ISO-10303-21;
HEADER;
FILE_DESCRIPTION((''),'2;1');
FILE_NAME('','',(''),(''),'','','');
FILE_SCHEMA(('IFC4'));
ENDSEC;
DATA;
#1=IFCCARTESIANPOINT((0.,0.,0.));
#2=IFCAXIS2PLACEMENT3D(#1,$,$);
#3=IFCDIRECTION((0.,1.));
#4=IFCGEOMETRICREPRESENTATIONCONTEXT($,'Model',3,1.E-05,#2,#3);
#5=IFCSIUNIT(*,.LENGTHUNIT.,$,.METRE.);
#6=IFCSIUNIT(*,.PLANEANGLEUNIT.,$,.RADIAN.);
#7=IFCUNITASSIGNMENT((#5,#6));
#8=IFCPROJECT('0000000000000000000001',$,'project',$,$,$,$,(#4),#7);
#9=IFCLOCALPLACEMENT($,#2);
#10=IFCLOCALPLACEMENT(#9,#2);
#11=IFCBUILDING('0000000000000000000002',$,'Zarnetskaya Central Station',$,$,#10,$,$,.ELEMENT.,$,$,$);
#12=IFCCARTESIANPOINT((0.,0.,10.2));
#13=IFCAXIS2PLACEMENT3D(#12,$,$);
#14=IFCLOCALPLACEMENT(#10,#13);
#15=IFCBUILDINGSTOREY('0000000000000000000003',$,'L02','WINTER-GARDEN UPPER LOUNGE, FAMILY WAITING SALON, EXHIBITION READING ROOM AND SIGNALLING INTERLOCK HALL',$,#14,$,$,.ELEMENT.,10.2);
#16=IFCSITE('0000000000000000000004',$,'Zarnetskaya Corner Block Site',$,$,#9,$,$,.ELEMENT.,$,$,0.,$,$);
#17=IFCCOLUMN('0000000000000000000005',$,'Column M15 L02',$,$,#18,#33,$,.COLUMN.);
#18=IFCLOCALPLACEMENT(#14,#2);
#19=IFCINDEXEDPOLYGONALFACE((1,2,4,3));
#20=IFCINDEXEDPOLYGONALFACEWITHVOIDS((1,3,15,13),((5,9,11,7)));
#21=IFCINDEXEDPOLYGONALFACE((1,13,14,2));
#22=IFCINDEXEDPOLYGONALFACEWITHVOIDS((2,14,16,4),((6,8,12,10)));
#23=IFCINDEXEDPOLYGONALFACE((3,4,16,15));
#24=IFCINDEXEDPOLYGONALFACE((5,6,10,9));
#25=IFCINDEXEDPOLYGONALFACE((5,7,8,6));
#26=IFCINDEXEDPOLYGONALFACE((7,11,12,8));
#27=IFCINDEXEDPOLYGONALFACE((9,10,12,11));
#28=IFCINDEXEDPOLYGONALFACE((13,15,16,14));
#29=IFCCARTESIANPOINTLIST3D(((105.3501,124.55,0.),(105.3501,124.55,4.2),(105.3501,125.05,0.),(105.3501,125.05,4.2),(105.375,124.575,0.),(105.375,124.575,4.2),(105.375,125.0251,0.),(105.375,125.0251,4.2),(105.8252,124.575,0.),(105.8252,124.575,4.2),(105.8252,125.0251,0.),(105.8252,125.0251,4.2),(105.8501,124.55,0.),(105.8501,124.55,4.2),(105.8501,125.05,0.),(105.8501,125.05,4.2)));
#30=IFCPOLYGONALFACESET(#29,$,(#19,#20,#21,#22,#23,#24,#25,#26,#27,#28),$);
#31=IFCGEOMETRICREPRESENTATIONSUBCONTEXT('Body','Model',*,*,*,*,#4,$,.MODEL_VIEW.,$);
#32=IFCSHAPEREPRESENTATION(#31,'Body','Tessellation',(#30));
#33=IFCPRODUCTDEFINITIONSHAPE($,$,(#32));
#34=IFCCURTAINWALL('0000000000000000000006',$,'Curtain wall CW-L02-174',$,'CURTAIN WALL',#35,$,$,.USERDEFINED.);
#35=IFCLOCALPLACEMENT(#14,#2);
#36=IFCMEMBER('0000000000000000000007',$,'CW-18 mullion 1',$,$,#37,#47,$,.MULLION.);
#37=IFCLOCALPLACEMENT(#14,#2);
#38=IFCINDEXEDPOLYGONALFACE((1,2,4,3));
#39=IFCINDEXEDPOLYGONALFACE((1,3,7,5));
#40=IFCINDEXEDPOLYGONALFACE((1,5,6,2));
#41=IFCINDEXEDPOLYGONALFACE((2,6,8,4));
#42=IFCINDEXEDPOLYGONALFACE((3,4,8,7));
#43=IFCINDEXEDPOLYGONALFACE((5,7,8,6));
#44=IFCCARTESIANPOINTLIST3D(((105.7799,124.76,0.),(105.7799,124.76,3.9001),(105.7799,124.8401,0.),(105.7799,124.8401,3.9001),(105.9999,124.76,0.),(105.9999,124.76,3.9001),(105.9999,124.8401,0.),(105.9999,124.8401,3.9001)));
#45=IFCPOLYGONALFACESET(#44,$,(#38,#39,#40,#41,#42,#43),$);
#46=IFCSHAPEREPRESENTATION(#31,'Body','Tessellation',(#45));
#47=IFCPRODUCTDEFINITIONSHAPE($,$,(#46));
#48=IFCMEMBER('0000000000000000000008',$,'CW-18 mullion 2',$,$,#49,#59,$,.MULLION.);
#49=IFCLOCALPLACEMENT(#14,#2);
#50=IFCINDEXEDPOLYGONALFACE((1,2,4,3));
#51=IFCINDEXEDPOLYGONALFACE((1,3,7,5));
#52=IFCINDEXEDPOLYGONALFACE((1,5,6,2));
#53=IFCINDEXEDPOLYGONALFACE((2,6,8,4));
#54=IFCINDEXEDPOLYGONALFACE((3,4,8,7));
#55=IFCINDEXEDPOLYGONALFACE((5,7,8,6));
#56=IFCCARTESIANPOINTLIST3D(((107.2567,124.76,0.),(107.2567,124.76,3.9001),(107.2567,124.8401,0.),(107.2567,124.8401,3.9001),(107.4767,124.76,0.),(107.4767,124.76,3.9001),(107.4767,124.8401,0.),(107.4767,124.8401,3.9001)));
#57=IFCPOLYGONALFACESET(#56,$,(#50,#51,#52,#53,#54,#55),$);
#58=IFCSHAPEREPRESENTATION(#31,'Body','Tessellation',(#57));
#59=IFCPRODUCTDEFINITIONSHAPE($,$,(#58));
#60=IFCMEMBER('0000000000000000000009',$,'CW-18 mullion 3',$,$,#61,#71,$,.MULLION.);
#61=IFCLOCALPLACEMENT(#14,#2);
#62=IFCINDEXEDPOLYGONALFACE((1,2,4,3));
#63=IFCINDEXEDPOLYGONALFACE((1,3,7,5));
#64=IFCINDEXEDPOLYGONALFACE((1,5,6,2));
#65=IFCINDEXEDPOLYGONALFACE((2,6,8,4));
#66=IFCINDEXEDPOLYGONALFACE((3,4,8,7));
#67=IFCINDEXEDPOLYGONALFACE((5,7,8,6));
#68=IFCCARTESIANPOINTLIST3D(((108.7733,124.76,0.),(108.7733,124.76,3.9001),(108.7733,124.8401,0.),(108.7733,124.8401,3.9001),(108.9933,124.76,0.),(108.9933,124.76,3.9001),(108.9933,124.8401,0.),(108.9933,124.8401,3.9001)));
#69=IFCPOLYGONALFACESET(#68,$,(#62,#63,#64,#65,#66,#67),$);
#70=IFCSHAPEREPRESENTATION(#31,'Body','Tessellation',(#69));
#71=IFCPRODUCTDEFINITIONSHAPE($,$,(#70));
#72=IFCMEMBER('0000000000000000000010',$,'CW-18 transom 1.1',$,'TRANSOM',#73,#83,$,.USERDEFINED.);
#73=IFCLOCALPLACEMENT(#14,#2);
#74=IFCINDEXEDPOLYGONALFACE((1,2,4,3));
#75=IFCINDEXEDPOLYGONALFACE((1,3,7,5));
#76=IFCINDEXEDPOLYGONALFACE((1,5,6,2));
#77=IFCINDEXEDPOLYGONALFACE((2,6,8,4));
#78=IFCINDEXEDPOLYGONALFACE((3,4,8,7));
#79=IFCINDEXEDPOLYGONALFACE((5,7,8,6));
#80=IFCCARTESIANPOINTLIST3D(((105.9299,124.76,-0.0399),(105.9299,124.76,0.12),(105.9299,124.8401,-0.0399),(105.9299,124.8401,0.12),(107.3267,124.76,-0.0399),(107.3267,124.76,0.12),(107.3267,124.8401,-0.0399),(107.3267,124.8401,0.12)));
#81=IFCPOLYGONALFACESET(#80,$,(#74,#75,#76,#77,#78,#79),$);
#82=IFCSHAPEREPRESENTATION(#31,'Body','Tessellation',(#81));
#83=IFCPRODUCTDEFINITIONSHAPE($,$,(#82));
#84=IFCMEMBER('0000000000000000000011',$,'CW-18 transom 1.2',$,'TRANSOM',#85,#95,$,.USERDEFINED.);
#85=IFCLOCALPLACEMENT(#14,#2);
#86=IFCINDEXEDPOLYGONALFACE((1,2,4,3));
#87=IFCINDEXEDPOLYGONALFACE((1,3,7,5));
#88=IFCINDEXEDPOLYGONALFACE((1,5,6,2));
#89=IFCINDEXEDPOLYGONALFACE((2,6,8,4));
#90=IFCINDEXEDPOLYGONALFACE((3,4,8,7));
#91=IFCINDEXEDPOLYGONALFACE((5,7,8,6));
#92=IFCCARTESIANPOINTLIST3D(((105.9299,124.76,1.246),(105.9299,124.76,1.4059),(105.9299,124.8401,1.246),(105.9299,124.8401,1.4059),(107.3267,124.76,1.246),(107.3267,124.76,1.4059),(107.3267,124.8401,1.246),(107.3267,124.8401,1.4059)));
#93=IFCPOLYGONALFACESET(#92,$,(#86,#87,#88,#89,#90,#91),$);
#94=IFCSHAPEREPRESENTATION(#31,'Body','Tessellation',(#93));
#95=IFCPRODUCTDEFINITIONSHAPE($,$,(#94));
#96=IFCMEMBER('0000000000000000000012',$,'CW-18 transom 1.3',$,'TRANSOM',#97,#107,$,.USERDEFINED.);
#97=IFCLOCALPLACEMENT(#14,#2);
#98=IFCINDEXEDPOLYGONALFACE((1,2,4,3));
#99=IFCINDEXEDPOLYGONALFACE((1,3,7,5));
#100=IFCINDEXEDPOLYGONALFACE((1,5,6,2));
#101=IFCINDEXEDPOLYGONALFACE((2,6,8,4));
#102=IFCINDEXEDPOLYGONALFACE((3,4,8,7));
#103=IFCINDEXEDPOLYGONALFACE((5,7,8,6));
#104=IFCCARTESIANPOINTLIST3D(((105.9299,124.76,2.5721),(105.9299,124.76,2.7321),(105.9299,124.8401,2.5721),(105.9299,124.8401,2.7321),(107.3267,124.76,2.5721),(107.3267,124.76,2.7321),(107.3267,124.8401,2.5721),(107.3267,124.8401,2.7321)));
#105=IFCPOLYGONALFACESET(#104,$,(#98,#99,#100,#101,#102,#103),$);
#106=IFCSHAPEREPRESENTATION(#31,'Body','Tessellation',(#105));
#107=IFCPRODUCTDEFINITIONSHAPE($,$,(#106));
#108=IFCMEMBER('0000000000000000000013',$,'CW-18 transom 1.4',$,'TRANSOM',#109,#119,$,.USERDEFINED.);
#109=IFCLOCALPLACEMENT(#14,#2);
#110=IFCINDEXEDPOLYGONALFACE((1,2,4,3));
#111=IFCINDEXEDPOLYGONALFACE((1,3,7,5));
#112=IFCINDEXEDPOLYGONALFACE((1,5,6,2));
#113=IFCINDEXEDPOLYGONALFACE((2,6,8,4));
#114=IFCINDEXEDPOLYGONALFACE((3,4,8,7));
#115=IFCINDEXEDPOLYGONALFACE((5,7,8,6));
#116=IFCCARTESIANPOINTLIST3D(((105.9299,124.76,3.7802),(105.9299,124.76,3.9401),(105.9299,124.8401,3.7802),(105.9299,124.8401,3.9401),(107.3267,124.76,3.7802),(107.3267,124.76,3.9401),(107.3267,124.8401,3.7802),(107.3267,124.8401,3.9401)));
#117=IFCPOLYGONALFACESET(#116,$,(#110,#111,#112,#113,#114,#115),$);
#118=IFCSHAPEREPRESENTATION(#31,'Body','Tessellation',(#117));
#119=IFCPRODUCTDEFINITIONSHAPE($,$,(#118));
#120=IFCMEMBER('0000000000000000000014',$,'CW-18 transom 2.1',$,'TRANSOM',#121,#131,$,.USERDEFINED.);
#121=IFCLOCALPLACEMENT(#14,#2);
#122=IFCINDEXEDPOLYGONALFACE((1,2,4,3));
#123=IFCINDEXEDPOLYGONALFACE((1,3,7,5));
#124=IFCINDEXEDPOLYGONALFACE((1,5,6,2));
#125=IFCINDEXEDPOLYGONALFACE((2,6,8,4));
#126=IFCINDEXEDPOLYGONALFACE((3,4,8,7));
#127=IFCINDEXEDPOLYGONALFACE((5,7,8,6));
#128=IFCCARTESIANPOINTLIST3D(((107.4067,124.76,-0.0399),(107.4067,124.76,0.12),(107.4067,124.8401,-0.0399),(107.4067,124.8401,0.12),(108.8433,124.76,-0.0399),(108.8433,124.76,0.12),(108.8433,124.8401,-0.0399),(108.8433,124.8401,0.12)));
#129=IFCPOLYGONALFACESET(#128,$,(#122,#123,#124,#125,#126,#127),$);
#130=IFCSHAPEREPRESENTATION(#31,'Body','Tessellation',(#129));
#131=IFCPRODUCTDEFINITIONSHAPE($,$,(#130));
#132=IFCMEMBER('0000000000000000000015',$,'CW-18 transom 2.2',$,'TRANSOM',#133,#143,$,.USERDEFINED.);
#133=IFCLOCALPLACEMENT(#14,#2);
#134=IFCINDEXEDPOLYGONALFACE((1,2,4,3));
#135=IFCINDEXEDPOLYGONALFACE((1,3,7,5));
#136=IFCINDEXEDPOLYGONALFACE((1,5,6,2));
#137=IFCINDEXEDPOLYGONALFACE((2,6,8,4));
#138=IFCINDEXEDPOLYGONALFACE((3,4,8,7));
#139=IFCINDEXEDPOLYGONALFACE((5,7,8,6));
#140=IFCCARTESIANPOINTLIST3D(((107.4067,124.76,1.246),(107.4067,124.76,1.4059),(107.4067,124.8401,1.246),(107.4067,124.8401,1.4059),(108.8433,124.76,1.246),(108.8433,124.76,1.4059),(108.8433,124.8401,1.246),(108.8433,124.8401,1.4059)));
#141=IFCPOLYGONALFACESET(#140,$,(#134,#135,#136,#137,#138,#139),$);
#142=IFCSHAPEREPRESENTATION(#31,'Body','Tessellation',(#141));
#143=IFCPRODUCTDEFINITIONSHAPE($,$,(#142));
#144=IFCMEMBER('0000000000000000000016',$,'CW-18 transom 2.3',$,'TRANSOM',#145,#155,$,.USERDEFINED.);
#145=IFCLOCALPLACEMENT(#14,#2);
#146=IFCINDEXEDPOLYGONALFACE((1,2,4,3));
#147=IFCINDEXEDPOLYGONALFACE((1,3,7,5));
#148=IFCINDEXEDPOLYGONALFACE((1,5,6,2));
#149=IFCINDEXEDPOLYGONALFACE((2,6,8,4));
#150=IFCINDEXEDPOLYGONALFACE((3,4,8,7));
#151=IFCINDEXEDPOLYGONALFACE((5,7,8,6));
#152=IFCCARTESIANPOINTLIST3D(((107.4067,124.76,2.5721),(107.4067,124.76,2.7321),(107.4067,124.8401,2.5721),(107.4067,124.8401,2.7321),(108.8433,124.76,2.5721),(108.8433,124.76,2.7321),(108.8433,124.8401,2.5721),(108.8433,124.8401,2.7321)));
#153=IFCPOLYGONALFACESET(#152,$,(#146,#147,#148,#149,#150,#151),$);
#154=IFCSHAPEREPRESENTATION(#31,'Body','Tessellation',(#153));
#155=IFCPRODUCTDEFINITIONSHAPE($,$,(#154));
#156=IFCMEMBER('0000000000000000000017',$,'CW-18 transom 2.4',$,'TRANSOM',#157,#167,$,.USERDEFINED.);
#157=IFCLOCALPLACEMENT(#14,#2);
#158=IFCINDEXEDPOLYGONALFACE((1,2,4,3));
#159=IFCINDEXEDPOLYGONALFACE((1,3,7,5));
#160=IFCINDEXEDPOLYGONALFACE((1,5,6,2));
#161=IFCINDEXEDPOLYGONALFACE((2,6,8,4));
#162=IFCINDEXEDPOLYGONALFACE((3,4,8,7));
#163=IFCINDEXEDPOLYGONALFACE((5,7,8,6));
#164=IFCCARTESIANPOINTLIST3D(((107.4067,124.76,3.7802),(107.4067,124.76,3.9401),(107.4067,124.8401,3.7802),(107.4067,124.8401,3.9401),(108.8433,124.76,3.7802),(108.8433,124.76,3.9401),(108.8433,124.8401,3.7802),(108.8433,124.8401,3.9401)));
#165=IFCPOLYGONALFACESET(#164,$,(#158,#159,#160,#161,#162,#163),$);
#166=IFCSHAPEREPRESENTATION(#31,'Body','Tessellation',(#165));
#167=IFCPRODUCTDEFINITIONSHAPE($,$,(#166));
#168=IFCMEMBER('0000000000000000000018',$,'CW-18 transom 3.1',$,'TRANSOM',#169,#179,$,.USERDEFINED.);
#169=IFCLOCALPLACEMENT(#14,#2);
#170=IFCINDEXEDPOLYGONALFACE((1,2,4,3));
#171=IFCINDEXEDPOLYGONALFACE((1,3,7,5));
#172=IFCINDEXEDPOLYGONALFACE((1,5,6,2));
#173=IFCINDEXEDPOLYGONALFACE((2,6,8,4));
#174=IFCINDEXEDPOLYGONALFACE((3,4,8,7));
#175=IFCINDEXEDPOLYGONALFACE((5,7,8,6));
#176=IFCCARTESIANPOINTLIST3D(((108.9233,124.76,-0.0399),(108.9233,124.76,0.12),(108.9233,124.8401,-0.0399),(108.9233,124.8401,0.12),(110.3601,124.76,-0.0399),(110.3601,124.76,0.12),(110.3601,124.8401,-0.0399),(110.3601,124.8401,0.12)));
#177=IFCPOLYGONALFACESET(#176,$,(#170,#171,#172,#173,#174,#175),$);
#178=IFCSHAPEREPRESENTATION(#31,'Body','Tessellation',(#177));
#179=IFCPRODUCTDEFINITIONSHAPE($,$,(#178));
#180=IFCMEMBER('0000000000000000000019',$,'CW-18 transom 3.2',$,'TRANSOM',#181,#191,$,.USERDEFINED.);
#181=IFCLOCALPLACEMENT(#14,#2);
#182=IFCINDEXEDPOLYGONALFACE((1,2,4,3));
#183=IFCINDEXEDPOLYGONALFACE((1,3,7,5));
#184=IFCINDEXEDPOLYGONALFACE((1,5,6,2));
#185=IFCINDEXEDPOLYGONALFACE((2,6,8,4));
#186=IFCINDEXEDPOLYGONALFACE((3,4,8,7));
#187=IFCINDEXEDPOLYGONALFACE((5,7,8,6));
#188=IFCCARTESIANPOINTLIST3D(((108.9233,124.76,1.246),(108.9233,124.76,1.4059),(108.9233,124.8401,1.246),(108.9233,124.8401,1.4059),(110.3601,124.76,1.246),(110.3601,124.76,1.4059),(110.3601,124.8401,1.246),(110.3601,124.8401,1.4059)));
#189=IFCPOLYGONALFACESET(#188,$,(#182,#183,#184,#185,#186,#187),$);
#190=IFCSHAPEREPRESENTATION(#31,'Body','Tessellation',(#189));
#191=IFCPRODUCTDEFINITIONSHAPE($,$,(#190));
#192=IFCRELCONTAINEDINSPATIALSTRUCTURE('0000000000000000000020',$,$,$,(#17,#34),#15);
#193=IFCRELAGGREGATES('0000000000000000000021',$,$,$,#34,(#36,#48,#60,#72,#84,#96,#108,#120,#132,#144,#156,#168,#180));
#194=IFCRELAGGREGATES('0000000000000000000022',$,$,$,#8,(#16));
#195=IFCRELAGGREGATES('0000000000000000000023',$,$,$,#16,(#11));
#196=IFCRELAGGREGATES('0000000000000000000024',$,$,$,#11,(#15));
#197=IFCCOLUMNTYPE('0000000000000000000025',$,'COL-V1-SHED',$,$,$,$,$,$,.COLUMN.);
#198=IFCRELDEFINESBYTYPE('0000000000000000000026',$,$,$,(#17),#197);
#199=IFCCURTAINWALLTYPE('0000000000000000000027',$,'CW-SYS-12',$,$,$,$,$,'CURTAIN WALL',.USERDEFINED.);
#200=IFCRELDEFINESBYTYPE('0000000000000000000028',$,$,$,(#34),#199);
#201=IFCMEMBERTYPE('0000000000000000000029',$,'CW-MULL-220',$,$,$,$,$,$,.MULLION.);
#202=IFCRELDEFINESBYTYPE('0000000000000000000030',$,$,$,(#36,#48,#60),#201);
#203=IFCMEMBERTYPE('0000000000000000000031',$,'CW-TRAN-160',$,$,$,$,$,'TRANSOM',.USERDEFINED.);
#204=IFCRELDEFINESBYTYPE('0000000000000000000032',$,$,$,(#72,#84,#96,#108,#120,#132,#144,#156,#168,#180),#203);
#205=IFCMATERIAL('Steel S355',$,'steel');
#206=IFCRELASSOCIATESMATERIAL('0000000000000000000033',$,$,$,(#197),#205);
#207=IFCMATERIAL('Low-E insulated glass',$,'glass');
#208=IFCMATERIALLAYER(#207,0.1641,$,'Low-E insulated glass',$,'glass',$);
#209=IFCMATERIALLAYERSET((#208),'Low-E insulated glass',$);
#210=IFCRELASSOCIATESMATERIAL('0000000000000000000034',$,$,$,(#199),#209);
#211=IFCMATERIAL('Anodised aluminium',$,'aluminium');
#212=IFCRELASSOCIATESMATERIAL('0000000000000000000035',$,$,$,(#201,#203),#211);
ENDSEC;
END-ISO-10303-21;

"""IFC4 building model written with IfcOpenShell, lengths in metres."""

from ifc_helpers import new_model, si_unit, direction, frame, origin, origin_2d, place, context, subcontext, project, spatial, rectangle, hollow_rectangle, extrude, material, layer, layer_set, material_profile, profile_set, type_object, element, aggregate, save


model = new_model("IFC4")

# Units and contexts
model_context = context("Model", 3, precision=1e-05, world=origin(), true_north=direction((0.0, 1.0)))
body_context = subcontext(model_context, "Body", "Model", "MODEL_VIEW")
ifc_project = project(units=[si_unit("LENGTHUNIT", "METRE"), si_unit("PLANEANGLEUNIT", "RADIAN")], contexts=[model_context])

# Site, building, storey
site_placement = place(None, origin())
site = spatial("IfcSite", under=ifc_project, at=site_placement, Name="Zarnetskaya Corner Block Site", CompositionType="ELEMENT", RefElevation=0.0)
building_placement = place(site_placement, origin())
building = spatial("IfcBuilding", under=site, at=building_placement, Name="Zarnetskaya Central Station", CompositionType="ELEMENT")
storey_placement = place(building_placement, frame((0.0, 0.0, 10.2)))
storey = spatial("IfcBuildingStorey", under=building, at=storey_placement, Name="L02", Description="WINTER-GARDEN UPPER LOUNGE, FAMILY WAITING SALON, EXHIBITION READING ROOM AND SIGNALLING INTERLOCK HALL", CompositionType="ELEMENT", Elevation=10.2)

# Column
ifc_material_1 = material(Name="Steel S355", Category="steel")
ifc_material_profile_1 = material_profile(ifc_material_1, hollow_rectangle(XDim=0.5, YDim=0.5, WallThickness=0.0249, at=origin_2d()), Name="BOX 500x500x25")
ifc_profile_set_1 = profile_set([ifc_material_profile_1], Name="Steel S355")
column_type = type_object("IfcColumnType", Name="COL-V1-SHED", PredefinedType="COLUMN", material=ifc_profile_set_1)
column_placement = place(storey_placement, frame((105.6001, 124.8, 0.0), z_axis=(0.0, 0.0, 1.0), x_axis=(1.0, 0.0, 0.0)))
element("IfcColumn", 1, at=column_placement, inside=storey, type_object=column_type, Name="Column M15 L02", PredefinedType="COLUMN", context=body_context, shape_type="SweptSolid", body=[
    extrude(hollow_rectangle(XDim=0.5, YDim=0.5, WallThickness=0.0249, at=origin_2d()), origin(), (0.0, 0.0, 1.0), 4.2),
])

# Curtain wall, members
ifc_material_2 = material(Name="Low-E insulated glass", Category="glass")
ifc_layer_1 = layer(ifc_material_2, 0.1641, Name="Low-E insulated glass", Category="glass")
ifc_layer_set_1 = layer_set([ifc_layer_1], Name="Low-E insulated glass")
curtain_wall_type = type_object("IfcCurtainWallType", Name="CW-SYS-12", ElementType="CURTAIN WALL", PredefinedType="USERDEFINED", material=ifc_layer_set_1)
curtain_wall_placement = place(storey_placement, origin())
curtain_wall = element("IfcCurtainWall", 2, at=curtain_wall_placement, inside=storey, type_object=curtain_wall_type, Name="Curtain wall CW-L02-174", ObjectType="CURTAIN WALL", PredefinedType="USERDEFINED")
ifc_material_3 = material(Name="Anodised aluminium", Category="aluminium")
ifc_material_profile_2 = material_profile(ifc_material_3, rectangle(XDim=0.0801, YDim=0.22, at=origin_2d()), Name="ALU MULL 80x220")
ifc_profile_set_2 = profile_set([ifc_material_profile_2], Name="Anodised aluminium")
member_type_1 = type_object("IfcMemberType", Name="CW-MULL-220", PredefinedType="MULLION", material=ifc_profile_set_2)
member_1_placement = place(storey_placement, frame((105.8899, 124.8, 0.0), z_axis=(0.0, 0.0, 1.0), x_axis=(0.0, 1.0, 0.0)))
member_1 = element("IfcMember", 3, at=member_1_placement, type_object=member_type_1, Name="CW-18 mullion 1", PredefinedType="MULLION", context=body_context, shape_type="SweptSolid", body=[
    extrude(rectangle(XDim=0.0801, YDim=0.22, at=origin_2d()), origin(), (0.0, 0.0, 1.0), 3.9001),
])
member_2_placement = place(storey_placement, frame((107.3667, 124.8, 0.0), z_axis=(0.0, 0.0, 1.0), x_axis=(0.0, 1.0, 0.0)))
member_2 = element("IfcMember", 4, at=member_2_placement, type_object=member_type_1, Name="CW-18 mullion 2", PredefinedType="MULLION", context=body_context, shape_type="SweptSolid", body=[
    extrude(rectangle(XDim=0.0801, YDim=0.22, at=origin_2d()), origin(), (0.0, 0.0, 1.0), 3.9001),
])
member_3_placement = place(storey_placement, frame((108.8833, 124.8, 0.0), z_axis=(0.0, 0.0, 1.0), x_axis=(0.0, 1.0, 0.0)))
member_3 = element("IfcMember", 5, at=member_3_placement, type_object=member_type_1, Name="CW-18 mullion 3", PredefinedType="MULLION", context=body_context, shape_type="SweptSolid", body=[
    extrude(rectangle(XDim=0.0801, YDim=0.22, at=origin_2d()), origin(), (0.0, 0.0, 1.0), 3.9001),
])
ifc_material_profile_3 = material_profile(ifc_material_3, rectangle(XDim=0.0801, YDim=0.1599, at=origin_2d()), Name="ALU TRAN 80x160")
ifc_profile_set_3 = profile_set([ifc_material_profile_3], Name="Anodised aluminium")
member_type_2 = type_object("IfcMemberType", Name="CW-TRAN-160", ElementType="TRANSOM", PredefinedType="USERDEFINED", material=ifc_profile_set_3)
member_4_placement = place(storey_placement, frame((105.9299, 124.8, 0.04), z_axis=(1.0, 0.0, 0.0), x_axis=(0.0, 1.0, 0.0)))
member_4 = element("IfcMember", 6, at=member_4_placement, type_object=member_type_2, Name="CW-18 transom 1.1", ObjectType="TRANSOM", PredefinedType="USERDEFINED", context=body_context, shape_type="SweptSolid", body=[
    extrude(rectangle(XDim=0.0801, YDim=0.1599, at=origin_2d()), origin(), (0.0, 0.0, 1.0), 1.3967),
])
member_5_placement = place(storey_placement, frame((105.9299, 124.8, 1.3259), z_axis=(1.0, 0.0, 0.0), x_axis=(0.0, 1.0, 0.0)))
member_5 = element("IfcMember", 7, at=member_5_placement, type_object=member_type_2, Name="CW-18 transom 1.2", ObjectType="TRANSOM", PredefinedType="USERDEFINED", context=body_context, shape_type="SweptSolid", body=[
    extrude(rectangle(XDim=0.0801, YDim=0.1599, at=origin_2d()), origin(), (0.0, 0.0, 1.0), 1.3967),
])
member_6_placement = place(storey_placement, frame((105.9299, 124.8, 2.6521), z_axis=(1.0, 0.0, 0.0), x_axis=(0.0, 1.0, 0.0)))
member_6 = element("IfcMember", 8, at=member_6_placement, type_object=member_type_2, Name="CW-18 transom 1.3", ObjectType="TRANSOM", PredefinedType="USERDEFINED", context=body_context, shape_type="SweptSolid", body=[
    extrude(rectangle(XDim=0.0801, YDim=0.1599, at=origin_2d()), origin(), (0.0, 0.0, 1.0), 1.3967),
])
member_7_placement = place(storey_placement, frame((105.9299, 124.8, 3.8601), z_axis=(1.0, 0.0, 0.0), x_axis=(0.0, 1.0, 0.0)))
member_7 = element("IfcMember", 9, at=member_7_placement, type_object=member_type_2, Name="CW-18 transom 1.4", ObjectType="TRANSOM", PredefinedType="USERDEFINED", context=body_context, shape_type="SweptSolid", body=[
    extrude(rectangle(XDim=0.0801, YDim=0.1599, at=origin_2d()), origin(), (0.0, 0.0, 1.0), 1.3967),
])
member_8_placement = place(storey_placement, frame((107.4067, 124.8, 0.04), z_axis=(1.0, 0.0, 0.0), x_axis=(0.0, 1.0, 0.0)))
member_8 = element("IfcMember", 10, at=member_8_placement, type_object=member_type_2, Name="CW-18 transom 2.1", ObjectType="TRANSOM", PredefinedType="USERDEFINED", context=body_context, shape_type="SweptSolid", body=[
    extrude(rectangle(XDim=0.0801, YDim=0.1599, at=origin_2d()), origin(), (0.0, 0.0, 1.0), 1.4365),
])
member_9_placement = place(storey_placement, frame((107.4067, 124.8, 1.3259), z_axis=(1.0, 0.0, 0.0), x_axis=(0.0, 1.0, 0.0)))
member_9 = element("IfcMember", 11, at=member_9_placement, type_object=member_type_2, Name="CW-18 transom 2.2", ObjectType="TRANSOM", PredefinedType="USERDEFINED", context=body_context, shape_type="SweptSolid", body=[
    extrude(rectangle(XDim=0.0801, YDim=0.1599, at=origin_2d()), origin(), (0.0, 0.0, 1.0), 1.4365),
])
member_10_placement = place(storey_placement, frame((107.4067, 124.8, 2.6521), z_axis=(1.0, 0.0, 0.0), x_axis=(0.0, 1.0, 0.0)))
member_10 = element("IfcMember", 12, at=member_10_placement, type_object=member_type_2, Name="CW-18 transom 2.3", ObjectType="TRANSOM", PredefinedType="USERDEFINED", context=body_context, shape_type="SweptSolid", body=[
    extrude(rectangle(XDim=0.0801, YDim=0.1599, at=origin_2d()), origin(), (0.0, 0.0, 1.0), 1.4365),
])
member_11_placement = place(storey_placement, frame((107.4067, 124.8, 3.8601), z_axis=(1.0, 0.0, 0.0), x_axis=(0.0, 1.0, 0.0)))
member_11 = element("IfcMember", 13, at=member_11_placement, type_object=member_type_2, Name="CW-18 transom 2.4", ObjectType="TRANSOM", PredefinedType="USERDEFINED", context=body_context, shape_type="SweptSolid", body=[
    extrude(rectangle(XDim=0.0801, YDim=0.1599, at=origin_2d()), origin(), (0.0, 0.0, 1.0), 1.4365),
])
member_12_placement = place(storey_placement, frame((108.9233, 124.8, 0.04), z_axis=(1.0, 0.0, 0.0), x_axis=(0.0, 1.0, 0.0)))
member_12 = element("IfcMember", 14, at=member_12_placement, type_object=member_type_2, Name="CW-18 transom 3.1", ObjectType="TRANSOM", PredefinedType="USERDEFINED", context=body_context, shape_type="SweptSolid", body=[
    extrude(rectangle(XDim=0.0801, YDim=0.1599, at=origin_2d()), origin(), (0.0, 0.0, 1.0), 1.4368),
])
member_13_placement = place(storey_placement, frame((108.9233, 124.8, 1.3259), z_axis=(1.0, 0.0, 0.0), x_axis=(0.0, 1.0, 0.0)))
member_13 = element("IfcMember", 15, at=member_13_placement, type_object=member_type_2, Name="CW-18 transom 3.2", ObjectType="TRANSOM", PredefinedType="USERDEFINED", context=body_context, shape_type="SweptSolid", body=[
    extrude(rectangle(XDim=0.0801, YDim=0.1599, at=origin_2d()), origin(), (0.0, 0.0, 1.0), 1.4368),
])
aggregate(curtain_wall, [member_1, member_2, member_3, member_4, member_5, member_6, member_7, member_8, member_9, member_10, member_11, member_12, member_13])

save(model, "model.ifc")
